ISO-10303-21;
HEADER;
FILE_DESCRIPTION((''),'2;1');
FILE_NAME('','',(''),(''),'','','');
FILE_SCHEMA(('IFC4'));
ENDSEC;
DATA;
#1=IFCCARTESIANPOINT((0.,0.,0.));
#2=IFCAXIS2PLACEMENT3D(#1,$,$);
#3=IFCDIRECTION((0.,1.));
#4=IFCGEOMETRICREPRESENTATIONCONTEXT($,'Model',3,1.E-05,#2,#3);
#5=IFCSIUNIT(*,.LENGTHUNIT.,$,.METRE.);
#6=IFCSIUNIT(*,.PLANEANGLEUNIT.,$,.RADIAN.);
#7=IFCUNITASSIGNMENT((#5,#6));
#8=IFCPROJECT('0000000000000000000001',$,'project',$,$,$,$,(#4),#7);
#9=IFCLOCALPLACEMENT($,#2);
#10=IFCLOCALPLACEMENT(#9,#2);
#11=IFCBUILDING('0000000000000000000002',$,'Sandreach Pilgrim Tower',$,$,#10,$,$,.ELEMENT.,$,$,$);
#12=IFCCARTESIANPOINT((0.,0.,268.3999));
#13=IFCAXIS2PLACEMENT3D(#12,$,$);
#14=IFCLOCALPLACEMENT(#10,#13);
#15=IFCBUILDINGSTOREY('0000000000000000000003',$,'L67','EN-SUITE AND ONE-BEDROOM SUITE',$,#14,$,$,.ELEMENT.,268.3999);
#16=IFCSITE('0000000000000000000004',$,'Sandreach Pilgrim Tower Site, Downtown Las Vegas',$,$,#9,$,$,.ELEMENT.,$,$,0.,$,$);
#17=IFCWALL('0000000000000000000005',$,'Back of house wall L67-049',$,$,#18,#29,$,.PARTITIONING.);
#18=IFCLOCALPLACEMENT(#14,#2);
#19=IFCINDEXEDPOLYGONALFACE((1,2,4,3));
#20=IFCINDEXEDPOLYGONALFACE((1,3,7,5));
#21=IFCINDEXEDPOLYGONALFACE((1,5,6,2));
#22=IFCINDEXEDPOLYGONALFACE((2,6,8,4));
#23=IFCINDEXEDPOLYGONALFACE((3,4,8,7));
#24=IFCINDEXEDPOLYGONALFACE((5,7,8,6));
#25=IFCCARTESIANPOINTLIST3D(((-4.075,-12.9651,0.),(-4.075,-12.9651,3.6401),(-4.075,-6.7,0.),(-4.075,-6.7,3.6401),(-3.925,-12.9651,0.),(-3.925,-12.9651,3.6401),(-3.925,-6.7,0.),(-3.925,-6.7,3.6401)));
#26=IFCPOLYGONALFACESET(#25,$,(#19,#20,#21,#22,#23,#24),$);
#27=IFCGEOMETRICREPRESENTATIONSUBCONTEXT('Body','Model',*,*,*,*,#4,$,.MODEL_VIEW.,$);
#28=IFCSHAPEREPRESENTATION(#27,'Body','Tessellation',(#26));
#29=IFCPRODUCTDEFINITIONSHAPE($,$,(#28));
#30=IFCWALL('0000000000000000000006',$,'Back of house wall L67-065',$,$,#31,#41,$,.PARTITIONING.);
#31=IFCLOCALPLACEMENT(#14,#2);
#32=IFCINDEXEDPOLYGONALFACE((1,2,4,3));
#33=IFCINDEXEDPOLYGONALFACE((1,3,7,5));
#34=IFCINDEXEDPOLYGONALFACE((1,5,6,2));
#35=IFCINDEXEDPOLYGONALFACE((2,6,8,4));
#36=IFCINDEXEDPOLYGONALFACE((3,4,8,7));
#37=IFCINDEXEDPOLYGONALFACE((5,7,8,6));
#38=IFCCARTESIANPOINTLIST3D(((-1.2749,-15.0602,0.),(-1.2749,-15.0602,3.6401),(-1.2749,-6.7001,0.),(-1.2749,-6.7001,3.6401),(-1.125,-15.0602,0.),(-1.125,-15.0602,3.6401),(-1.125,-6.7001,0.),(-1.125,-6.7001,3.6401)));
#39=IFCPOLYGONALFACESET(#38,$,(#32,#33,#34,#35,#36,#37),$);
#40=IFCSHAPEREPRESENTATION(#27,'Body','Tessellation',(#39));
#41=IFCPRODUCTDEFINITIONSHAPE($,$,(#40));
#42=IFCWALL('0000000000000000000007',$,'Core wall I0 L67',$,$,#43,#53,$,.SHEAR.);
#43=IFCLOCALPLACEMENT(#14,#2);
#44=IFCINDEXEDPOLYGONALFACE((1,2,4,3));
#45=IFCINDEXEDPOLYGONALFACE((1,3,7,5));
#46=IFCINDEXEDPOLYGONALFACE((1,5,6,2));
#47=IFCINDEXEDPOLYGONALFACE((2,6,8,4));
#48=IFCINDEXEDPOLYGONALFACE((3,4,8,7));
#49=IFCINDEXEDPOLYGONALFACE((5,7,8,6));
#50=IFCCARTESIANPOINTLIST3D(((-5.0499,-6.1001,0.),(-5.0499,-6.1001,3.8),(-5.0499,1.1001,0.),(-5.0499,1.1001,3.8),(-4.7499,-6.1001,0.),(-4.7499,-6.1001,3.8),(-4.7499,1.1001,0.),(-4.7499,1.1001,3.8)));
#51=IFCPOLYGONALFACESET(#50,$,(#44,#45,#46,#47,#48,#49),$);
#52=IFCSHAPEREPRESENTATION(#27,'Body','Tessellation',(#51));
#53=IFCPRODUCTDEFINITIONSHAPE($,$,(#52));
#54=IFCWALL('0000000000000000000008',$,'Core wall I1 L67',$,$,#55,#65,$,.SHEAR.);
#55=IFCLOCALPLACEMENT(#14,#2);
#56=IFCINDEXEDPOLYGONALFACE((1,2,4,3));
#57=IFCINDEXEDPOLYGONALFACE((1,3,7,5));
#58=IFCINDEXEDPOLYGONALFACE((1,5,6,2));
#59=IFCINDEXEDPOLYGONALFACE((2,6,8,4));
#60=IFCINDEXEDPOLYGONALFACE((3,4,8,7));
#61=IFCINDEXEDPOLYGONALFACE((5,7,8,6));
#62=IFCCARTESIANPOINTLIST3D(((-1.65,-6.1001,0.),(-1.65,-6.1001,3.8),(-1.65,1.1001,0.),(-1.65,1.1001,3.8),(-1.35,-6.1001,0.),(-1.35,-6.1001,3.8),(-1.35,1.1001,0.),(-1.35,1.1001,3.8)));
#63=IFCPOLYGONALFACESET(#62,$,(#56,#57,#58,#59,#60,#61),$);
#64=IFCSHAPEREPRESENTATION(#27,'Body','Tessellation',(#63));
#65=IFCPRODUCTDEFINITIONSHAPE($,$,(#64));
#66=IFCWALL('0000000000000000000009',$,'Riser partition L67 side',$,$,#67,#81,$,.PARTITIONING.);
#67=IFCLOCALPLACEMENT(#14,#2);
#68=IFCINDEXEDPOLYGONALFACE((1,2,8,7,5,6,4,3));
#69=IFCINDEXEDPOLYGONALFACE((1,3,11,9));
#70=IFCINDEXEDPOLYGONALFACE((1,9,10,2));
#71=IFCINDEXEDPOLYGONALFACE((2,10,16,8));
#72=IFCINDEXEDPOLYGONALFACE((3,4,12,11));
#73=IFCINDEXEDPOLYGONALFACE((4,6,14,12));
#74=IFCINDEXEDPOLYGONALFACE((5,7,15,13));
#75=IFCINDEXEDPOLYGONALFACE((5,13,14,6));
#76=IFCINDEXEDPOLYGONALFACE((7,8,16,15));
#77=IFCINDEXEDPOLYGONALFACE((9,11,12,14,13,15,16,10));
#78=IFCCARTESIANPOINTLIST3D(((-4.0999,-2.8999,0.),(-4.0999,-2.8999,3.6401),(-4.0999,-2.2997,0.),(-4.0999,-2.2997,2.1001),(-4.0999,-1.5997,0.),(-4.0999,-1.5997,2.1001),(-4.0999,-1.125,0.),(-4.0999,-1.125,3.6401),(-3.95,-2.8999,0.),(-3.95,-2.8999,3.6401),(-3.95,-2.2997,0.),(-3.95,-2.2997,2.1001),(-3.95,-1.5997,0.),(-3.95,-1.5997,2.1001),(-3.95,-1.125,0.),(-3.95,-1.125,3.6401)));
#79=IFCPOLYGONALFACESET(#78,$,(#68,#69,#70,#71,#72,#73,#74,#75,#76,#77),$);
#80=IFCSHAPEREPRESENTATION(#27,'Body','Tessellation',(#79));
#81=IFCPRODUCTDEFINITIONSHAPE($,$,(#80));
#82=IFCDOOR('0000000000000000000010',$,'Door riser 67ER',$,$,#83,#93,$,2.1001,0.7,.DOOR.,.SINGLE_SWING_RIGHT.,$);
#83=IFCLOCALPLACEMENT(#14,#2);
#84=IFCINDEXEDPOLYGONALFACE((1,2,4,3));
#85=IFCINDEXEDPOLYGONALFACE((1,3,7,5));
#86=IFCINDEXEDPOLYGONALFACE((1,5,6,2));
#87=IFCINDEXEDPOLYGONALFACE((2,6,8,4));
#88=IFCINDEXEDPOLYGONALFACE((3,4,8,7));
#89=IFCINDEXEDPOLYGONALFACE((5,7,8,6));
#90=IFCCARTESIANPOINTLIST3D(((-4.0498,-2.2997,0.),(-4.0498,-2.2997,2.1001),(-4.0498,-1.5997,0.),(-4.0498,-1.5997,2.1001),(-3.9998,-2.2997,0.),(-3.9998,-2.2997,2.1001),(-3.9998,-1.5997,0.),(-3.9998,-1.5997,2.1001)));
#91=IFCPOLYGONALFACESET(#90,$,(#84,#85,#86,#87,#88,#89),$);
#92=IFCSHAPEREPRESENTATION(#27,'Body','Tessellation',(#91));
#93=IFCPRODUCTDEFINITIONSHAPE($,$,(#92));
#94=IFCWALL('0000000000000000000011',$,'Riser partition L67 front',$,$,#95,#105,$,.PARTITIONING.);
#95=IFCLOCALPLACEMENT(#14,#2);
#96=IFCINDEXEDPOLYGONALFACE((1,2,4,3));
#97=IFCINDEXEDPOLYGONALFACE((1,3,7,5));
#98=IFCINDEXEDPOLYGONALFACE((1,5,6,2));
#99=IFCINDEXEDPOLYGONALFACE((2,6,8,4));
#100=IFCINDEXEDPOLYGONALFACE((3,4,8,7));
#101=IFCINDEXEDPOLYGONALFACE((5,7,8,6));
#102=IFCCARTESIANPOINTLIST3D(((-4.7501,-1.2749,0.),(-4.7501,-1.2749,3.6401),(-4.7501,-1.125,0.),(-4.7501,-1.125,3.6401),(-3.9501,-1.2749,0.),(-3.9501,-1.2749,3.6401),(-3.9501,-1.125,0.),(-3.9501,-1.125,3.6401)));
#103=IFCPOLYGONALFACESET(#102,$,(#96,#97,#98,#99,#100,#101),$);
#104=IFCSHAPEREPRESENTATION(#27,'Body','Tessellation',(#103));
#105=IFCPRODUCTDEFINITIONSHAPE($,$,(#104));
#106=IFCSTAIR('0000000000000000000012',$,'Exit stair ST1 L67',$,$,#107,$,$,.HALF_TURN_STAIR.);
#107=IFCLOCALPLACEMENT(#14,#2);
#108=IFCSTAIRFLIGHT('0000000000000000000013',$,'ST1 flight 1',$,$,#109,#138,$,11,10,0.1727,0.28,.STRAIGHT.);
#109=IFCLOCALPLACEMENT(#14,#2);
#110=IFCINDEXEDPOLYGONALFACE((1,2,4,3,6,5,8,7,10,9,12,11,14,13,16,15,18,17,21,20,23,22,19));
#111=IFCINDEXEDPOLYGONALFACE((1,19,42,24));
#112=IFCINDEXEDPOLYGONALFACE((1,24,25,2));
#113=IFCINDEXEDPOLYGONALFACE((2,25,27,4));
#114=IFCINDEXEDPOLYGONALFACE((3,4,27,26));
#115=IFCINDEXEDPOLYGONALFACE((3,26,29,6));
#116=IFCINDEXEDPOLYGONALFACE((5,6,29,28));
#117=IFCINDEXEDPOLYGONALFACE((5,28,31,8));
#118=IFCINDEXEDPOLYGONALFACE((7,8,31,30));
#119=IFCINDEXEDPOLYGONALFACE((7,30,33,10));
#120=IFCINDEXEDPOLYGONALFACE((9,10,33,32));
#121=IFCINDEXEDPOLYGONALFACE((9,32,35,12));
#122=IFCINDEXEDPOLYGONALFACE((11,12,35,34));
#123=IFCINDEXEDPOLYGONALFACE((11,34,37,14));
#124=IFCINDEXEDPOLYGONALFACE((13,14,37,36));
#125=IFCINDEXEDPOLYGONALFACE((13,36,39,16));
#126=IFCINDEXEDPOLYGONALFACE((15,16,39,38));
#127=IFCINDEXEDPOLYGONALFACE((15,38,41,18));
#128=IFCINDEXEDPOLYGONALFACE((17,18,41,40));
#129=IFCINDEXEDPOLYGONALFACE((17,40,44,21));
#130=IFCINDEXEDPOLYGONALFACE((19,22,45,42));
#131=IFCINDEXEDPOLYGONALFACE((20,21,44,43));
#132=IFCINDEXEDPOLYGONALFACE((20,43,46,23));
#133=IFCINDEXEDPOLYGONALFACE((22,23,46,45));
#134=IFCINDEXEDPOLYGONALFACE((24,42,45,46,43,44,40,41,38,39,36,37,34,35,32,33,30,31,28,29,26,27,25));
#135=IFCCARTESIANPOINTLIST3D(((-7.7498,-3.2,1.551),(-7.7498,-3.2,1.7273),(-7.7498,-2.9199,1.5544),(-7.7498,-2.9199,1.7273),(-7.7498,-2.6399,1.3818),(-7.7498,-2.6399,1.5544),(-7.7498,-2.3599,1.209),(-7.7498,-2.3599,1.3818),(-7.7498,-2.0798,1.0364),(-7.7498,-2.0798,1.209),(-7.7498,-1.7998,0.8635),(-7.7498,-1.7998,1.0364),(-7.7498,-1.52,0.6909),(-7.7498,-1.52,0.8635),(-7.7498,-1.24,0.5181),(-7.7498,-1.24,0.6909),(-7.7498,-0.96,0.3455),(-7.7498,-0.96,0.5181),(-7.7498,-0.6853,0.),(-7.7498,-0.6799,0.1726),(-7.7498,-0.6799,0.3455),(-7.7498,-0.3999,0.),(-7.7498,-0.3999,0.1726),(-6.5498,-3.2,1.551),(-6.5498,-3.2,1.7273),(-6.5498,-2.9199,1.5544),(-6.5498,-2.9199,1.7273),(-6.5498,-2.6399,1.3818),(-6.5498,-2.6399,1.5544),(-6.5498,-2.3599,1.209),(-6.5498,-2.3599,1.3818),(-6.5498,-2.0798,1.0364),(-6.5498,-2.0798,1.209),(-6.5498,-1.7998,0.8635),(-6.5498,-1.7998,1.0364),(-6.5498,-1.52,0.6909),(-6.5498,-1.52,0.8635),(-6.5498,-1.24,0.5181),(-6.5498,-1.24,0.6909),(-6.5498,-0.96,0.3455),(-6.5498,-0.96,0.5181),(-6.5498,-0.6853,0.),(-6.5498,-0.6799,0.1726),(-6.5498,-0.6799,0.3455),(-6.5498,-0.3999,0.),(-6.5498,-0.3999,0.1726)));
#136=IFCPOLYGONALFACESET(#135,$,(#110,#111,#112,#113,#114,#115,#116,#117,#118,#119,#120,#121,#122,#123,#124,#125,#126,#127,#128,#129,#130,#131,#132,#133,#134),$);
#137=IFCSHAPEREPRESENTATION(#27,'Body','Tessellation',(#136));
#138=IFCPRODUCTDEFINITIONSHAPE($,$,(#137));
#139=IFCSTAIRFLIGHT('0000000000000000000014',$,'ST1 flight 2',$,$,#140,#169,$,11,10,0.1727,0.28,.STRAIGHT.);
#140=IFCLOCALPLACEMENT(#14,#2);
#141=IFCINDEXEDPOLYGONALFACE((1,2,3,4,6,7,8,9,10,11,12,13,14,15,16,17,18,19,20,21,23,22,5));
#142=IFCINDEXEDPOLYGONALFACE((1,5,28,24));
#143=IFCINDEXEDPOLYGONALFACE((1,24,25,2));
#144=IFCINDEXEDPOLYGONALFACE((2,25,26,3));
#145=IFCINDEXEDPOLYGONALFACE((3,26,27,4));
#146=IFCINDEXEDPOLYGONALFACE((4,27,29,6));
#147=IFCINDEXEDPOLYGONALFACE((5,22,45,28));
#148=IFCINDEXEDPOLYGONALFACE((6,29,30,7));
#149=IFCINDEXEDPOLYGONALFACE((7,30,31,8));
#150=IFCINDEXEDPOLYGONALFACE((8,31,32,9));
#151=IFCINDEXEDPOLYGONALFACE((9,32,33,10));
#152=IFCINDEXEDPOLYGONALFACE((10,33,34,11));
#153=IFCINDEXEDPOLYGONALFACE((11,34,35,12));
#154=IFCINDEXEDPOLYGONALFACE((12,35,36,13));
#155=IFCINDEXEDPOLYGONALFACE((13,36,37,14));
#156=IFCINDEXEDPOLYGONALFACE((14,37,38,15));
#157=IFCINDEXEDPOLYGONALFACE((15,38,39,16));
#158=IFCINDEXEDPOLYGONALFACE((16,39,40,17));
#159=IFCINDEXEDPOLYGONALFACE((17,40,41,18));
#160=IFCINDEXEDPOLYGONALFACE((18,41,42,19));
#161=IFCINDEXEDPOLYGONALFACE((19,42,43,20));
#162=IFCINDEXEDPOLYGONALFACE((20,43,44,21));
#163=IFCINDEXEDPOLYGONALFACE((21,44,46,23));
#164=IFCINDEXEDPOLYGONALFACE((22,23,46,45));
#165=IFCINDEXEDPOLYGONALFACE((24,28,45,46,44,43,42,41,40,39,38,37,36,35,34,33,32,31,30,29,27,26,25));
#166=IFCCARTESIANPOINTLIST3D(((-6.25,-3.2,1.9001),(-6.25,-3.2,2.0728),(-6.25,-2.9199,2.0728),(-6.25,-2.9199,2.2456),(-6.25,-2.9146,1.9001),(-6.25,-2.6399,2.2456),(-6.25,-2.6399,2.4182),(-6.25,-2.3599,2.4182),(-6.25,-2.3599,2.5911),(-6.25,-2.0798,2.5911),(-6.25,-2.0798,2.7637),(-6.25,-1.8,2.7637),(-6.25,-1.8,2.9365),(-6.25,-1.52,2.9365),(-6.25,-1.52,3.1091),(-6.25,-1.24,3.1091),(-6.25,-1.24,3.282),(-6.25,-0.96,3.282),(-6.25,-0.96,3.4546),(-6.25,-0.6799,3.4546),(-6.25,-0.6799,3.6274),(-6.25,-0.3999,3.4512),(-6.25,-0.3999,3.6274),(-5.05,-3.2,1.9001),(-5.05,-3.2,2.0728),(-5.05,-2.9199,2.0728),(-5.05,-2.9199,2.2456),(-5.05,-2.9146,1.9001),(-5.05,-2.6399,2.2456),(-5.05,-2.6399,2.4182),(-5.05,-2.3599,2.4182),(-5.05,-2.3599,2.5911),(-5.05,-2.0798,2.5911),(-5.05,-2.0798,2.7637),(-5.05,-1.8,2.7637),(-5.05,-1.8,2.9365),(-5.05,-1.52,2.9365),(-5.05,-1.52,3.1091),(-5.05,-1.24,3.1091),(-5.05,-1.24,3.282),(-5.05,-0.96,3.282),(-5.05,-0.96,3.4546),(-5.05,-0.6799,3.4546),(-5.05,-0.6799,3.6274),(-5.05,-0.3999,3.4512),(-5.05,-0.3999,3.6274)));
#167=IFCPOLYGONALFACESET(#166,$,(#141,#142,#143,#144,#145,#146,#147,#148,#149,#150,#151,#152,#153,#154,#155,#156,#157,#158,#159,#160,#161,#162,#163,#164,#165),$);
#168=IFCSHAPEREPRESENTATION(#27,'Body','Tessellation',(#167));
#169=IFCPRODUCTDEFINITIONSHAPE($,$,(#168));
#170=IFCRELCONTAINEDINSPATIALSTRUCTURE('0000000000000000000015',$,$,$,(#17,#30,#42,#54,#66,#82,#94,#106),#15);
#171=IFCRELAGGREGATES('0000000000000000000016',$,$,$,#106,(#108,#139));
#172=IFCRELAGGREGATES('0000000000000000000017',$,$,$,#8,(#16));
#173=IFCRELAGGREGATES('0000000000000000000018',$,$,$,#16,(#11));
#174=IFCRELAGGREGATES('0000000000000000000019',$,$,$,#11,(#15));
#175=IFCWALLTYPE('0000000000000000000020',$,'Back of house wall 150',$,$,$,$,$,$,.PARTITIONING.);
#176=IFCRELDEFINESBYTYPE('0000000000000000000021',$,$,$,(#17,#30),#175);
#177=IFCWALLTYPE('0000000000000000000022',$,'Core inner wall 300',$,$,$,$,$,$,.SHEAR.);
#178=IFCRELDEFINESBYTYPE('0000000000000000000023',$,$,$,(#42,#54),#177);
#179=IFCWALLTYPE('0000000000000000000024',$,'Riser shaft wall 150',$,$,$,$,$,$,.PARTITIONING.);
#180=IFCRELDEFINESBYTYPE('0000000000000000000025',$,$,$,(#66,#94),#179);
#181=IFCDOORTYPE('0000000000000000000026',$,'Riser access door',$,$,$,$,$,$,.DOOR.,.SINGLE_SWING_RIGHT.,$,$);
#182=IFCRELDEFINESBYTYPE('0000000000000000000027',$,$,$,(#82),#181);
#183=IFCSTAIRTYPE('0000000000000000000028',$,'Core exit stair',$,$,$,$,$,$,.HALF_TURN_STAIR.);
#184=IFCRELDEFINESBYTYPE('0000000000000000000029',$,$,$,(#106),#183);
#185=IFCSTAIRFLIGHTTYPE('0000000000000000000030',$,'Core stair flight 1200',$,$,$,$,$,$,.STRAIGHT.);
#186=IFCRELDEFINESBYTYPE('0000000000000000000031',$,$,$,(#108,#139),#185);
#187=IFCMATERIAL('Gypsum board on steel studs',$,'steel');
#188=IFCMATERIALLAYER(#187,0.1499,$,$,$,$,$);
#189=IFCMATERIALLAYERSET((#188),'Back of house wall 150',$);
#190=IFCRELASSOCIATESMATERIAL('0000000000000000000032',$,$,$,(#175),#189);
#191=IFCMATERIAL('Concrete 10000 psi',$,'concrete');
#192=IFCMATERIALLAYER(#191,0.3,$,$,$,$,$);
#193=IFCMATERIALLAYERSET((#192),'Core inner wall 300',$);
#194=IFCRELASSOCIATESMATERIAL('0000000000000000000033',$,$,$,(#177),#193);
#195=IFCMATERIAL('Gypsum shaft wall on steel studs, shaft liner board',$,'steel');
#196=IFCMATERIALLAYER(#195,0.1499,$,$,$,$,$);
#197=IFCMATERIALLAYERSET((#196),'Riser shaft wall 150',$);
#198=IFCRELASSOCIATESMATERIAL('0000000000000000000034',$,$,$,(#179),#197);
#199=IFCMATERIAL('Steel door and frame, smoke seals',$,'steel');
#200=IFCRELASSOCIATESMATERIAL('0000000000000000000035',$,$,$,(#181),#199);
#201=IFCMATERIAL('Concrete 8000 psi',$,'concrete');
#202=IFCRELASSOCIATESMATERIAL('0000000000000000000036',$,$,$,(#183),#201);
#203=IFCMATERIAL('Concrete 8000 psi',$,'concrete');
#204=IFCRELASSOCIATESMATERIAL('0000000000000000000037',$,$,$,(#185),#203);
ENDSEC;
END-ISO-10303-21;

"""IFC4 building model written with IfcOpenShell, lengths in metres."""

from ifc_helpers import new_model, si_unit, direction, frame, frame_2d, origin, place, context, subcontext, project, spatial, polyline, rectangle, outline, extrude, material, layer, layer_set, type_object, element, fill, aggregate, save


model = new_model("IFC4")

# Units and contexts
model_context = context("Model", 3, precision=1e-05, world=origin(), true_north=direction((0.0, 1.0)))
body_context = subcontext(model_context, "Body", "Model", "MODEL_VIEW")
ifc_project = project(units=[si_unit("LENGTHUNIT", "METRE"), si_unit("PLANEANGLEUNIT", "RADIAN")], contexts=[model_context])

# Site, building, storey
site_placement = place(None, origin())
site = spatial("IfcSite", under=ifc_project, at=site_placement, Name="Sandreach Pilgrim Tower Site, Downtown Las Vegas", CompositionType="ELEMENT", RefElevation=0.0)
building_placement = place(site_placement, origin())
building = spatial("IfcBuilding", under=site, at=building_placement, Name="Sandreach Pilgrim Tower", CompositionType="ELEMENT")
storey_placement = place(building_placement, frame((0.0, 0.0, 268.3999)))
storey = spatial("IfcBuildingStorey", under=building, at=storey_placement, Name="L67", Description="EN-SUITE AND ONE-BEDROOM SUITE", CompositionType="ELEMENT", Elevation=268.3999)

# Walls
ifc_material_1 = material(Name="Gypsum board on steel studs", Category="steel")
ifc_layer_1 = layer(ifc_material_1, 0.1499)
ifc_layer_set_1 = layer_set([ifc_layer_1], Name="Back of house wall 150")
wall_type_1 = type_object("IfcWallType", Name="Back of house wall 150", PredefinedType="PARTITIONING", material=ifc_layer_set_1)
wall_1_placement = place(storey_placement, frame((-4.0, -6.7, 0.0), z_axis=(0.0, 0.0, 1.0), x_axis=(0.0, -1.0, 0.0)))
element("IfcWall", 1, at=wall_1_placement, inside=storey, type_object=wall_type_1, Name="Back of house wall L67-049", PredefinedType="PARTITIONING", context=body_context, shape_type="SweptSolid", body=[
    extrude(rectangle(XDim=6.2651, YDim=0.1499, at=frame_2d((3.1326, 0.0))), origin(), (0.0, 0.0, 1.0), 3.6401),
])
wall_2_placement = place(storey_placement, frame((-1.2, -6.7, 0.0), z_axis=(0.0, 0.0, 1.0), x_axis=(0.0, -1.0, 0.0)))
element("IfcWall", 2, at=wall_2_placement, inside=storey, type_object=wall_type_1, Name="Back of house wall L67-065", PredefinedType="PARTITIONING", context=body_context, shape_type="SweptSolid", body=[
    extrude(rectangle(XDim=8.3601, YDim=0.1499, at=frame_2d((4.1802, 0.0))), origin(), (0.0, 0.0, 1.0), 3.6401),
])
ifc_material_2 = material(Name="Concrete 10000 psi", Category="concrete")
ifc_layer_2 = layer(ifc_material_2, 0.3)
ifc_layer_set_2 = layer_set([ifc_layer_2], Name="Core inner wall 300")
wall_type_2 = type_object("IfcWallType", Name="Core inner wall 300", PredefinedType="SHEAR", material=ifc_layer_set_2)
for number, where, z_axis, x_axis, name in (
    (3, (-4.8999, -6.1001, 0.0), (0.0, 0.0, 1.0), (0.0, 1.0, 0.0), "Core wall I0 L67"),
    (4, (-1.5, -6.1001, 0.0), (0.0, 0.0, 1.0), (0.0, 1.0, 0.0), "Core wall I1 L67"),
):
    element("IfcWall", number, at=place(storey_placement, frame(where, z_axis=z_axis, x_axis=x_axis)), inside=storey, type_object=wall_type_2, Name=name, PredefinedType="SHEAR", context=body_context, shape_type="SweptSolid", body=[
        extrude(rectangle(XDim=7.2002, YDim=0.3, at=frame_2d((3.6001, 0.0))), origin(), (0.0, 0.0, 1.0), 3.8),
    ])

# Wall, opening, door
ifc_material_3 = material(Name="Gypsum shaft wall on steel studs, shaft liner board", Category="steel")
ifc_layer_3 = layer(ifc_material_3, 0.1499)
ifc_layer_set_3 = layer_set([ifc_layer_3], Name="Riser shaft wall 150")
wall_type_3 = type_object("IfcWallType", Name="Riser shaft wall 150", PredefinedType="PARTITIONING", material=ifc_layer_set_3)
wall_3_placement = place(storey_placement, frame((-4.0249, -2.8999, 0.0), z_axis=(0.0, 0.0, 1.0), x_axis=(0.0, 1.0, 0.0)))
wall_3 = element("IfcWall", 5, at=wall_3_placement, inside=storey, type_object=wall_type_3, Name="Riser partition L67 side", PredefinedType="PARTITIONING", context=body_context, shape_type="SweptSolid", body=[
    extrude(rectangle(XDim=1.7749, YDim=0.1499, at=frame_2d((0.8875, 0.0))), origin(), (0.0, 0.0, 1.0), 3.6401),
])
opening_1_placement = place(wall_3_placement, frame((0.6001, 0.0, 0.0)))
opening_1 = element("IfcOpeningElement", 6, at=opening_1_placement, cuts=wall_3, PredefinedType="OPENING", context=body_context, shape_type="SweptSolid", body=[
    extrude(rectangle(XDim=0.7, YDim=2.1001, at=frame_2d((0.3501, 1.05))), frame((0.0, 0.075, 0.0), z_axis=(0.0, -1.0, 0.0), x_axis=(1.0, 0.0, 0.0)), (0.0, 0.0, 1.0), 0.1499),
])
ifc_material_4 = material(Name="Steel door and frame, smoke seals", Category="steel")
door_type_1 = type_object("IfcDoorType", Name="Riser access door", OperationType="SINGLE_SWING_RIGHT", PredefinedType="DOOR", material=ifc_material_4)
door_1_placement = place(opening_1_placement, origin())
door_1 = element("IfcDoor", 7, at=door_1_placement, inside=storey, type_object=door_type_1, Name="Door riser 67ER", OperationType="SINGLE_SWING_RIGHT", OverallHeight=2.1001, OverallWidth=0.7, PredefinedType="DOOR", context=body_context, shape_type="SweptSolid", body=[
    extrude(rectangle(XDim=0.7, YDim=2.1001, at=frame_2d((0.3501, 1.05))), frame((0.0, 0.0249, 0.0), z_axis=(0.0, -1.0, 0.0), x_axis=(1.0, 0.0, 0.0)), (0.0, 0.0, 1.0), 0.05),
])
fill(opening_1, door_1)

# Wall
wall_4_placement = place(storey_placement, frame((-4.75, -1.2, 0.0), z_axis=(0.0, 0.0, 1.0), x_axis=(1.0, 0.0, 0.0)))
element("IfcWall", 8, at=wall_4_placement, inside=storey, type_object=wall_type_3, Name="Riser partition L67 front", PredefinedType="PARTITIONING", context=body_context, shape_type="SweptSolid", body=[
    extrude(rectangle(XDim=0.8, YDim=0.1499, at=frame_2d((0.3999, 0.0))), origin(), (0.0, 0.0, 1.0), 3.6401),
])

# Stair, stair flights
ifc_material_5 = material(Name="Concrete 8000 psi", Category="concrete")
stair_type = type_object("IfcStairType", Name="Core exit stair", PredefinedType="HALF_TURN_STAIR", material=ifc_material_5)
stair_1_placement = place(storey_placement, origin())
stair_1 = element("IfcStair", 9, at=stair_1_placement, inside=storey, type_object=stair_type, Name="Exit stair ST1 L67", PredefinedType="HALF_TURN_STAIR")
ifc_material_6 = material(Name="Concrete 8000 psi", Category="concrete")
stair_flight_type = type_object("IfcStairFlightType", Name="Core stair flight 1200", PredefinedType="STRAIGHT", material=ifc_material_6)
stair_flight_1_placement = place(storey_placement, frame((-7.1499, -0.3999, 0.0), z_axis=(0.0, 0.0, 1.0), x_axis=(0.0, -1.0, 0.0)))
stair_flight_1 = element("IfcStairFlight", 10, at=stair_flight_1_placement, type_object=stair_flight_type, Name="ST1 flight 1", NumberOfRisers=11, NumberOfTreads=10, PredefinedType="STRAIGHT", RiserHeight=0.1727, TreadLength=0.28, context=body_context, shape_type="SweptSolid", body=[
    extrude(outline(polyline([(0.0, 0.0), (0.0, 0.1726), (0.28, 0.1726), (0.28, 0.3455), (0.5601, 0.3455), (0.5601, 0.5181), (0.8401, 0.5181), (0.8401, 0.6909), (1.1201, 0.6909), (1.1201, 0.8635), (1.3999, 0.8635), (1.3999, 1.0364), (1.6799, 1.0364), (1.6799, 1.209), (1.96, 1.209), (1.96, 1.3818), (2.24, 1.3818), (2.24, 1.5544), (2.52, 1.5544), (2.52, 1.7273), (2.8, 1.7273), (2.8, 1.8999), (2.8, 1.551), (0.2854, 0.0), (0.0, 0.0)])), frame((0.0, 0.6001, 0.0), z_axis=(0.0, -1.0, 0.0), x_axis=(1.0, 0.0, 0.0)), (0.0, 0.0, 1.0), 1.2),
])
stair_flight_2_placement = place(storey_placement, frame((-5.6499, -3.2, 1.9001), z_axis=(0.0, 0.0, 1.0), x_axis=(0.0, 1.0, 0.0)))
stair_flight_2 = element("IfcStairFlight", 11, at=stair_flight_2_placement, type_object=stair_flight_type, Name="ST1 flight 2", NumberOfRisers=11, NumberOfTreads=10, PredefinedType="STRAIGHT", RiserHeight=0.1727, TreadLength=0.28, context=body_context, shape_type="SweptSolid", body=[
    extrude(outline(polyline([(0.0, 0.0), (0.0, 0.1726), (0.28, 0.1726), (0.28, 0.3455), (0.5601, 0.3455), (0.5601, 0.5181), (0.8401, 0.5181), (0.8401, 0.6909), (1.1201, 0.6909), (1.1201, 0.8635), (1.3999, 0.8635), (1.3999, 1.0364), (1.6799, 1.0364), (1.6799, 1.209), (1.96, 1.209), (1.96, 1.3818), (2.24, 1.3818), (2.24, 1.5544), (2.52, 1.5544), (2.52, 1.7273), (2.8, 1.7273), (2.8, 1.8999), (2.8, 1.551), (0.2854, 0.0), (0.0, 0.0)])), frame((0.0, 0.6001, 0.0), z_axis=(0.0, -1.0, 0.0), x_axis=(1.0, 0.0, 0.0)), (0.0, 0.0, 1.0), 1.2),
])
aggregate(stair_1, [stair_flight_1, stair_flight_2])

save(model, "model.ifc")
